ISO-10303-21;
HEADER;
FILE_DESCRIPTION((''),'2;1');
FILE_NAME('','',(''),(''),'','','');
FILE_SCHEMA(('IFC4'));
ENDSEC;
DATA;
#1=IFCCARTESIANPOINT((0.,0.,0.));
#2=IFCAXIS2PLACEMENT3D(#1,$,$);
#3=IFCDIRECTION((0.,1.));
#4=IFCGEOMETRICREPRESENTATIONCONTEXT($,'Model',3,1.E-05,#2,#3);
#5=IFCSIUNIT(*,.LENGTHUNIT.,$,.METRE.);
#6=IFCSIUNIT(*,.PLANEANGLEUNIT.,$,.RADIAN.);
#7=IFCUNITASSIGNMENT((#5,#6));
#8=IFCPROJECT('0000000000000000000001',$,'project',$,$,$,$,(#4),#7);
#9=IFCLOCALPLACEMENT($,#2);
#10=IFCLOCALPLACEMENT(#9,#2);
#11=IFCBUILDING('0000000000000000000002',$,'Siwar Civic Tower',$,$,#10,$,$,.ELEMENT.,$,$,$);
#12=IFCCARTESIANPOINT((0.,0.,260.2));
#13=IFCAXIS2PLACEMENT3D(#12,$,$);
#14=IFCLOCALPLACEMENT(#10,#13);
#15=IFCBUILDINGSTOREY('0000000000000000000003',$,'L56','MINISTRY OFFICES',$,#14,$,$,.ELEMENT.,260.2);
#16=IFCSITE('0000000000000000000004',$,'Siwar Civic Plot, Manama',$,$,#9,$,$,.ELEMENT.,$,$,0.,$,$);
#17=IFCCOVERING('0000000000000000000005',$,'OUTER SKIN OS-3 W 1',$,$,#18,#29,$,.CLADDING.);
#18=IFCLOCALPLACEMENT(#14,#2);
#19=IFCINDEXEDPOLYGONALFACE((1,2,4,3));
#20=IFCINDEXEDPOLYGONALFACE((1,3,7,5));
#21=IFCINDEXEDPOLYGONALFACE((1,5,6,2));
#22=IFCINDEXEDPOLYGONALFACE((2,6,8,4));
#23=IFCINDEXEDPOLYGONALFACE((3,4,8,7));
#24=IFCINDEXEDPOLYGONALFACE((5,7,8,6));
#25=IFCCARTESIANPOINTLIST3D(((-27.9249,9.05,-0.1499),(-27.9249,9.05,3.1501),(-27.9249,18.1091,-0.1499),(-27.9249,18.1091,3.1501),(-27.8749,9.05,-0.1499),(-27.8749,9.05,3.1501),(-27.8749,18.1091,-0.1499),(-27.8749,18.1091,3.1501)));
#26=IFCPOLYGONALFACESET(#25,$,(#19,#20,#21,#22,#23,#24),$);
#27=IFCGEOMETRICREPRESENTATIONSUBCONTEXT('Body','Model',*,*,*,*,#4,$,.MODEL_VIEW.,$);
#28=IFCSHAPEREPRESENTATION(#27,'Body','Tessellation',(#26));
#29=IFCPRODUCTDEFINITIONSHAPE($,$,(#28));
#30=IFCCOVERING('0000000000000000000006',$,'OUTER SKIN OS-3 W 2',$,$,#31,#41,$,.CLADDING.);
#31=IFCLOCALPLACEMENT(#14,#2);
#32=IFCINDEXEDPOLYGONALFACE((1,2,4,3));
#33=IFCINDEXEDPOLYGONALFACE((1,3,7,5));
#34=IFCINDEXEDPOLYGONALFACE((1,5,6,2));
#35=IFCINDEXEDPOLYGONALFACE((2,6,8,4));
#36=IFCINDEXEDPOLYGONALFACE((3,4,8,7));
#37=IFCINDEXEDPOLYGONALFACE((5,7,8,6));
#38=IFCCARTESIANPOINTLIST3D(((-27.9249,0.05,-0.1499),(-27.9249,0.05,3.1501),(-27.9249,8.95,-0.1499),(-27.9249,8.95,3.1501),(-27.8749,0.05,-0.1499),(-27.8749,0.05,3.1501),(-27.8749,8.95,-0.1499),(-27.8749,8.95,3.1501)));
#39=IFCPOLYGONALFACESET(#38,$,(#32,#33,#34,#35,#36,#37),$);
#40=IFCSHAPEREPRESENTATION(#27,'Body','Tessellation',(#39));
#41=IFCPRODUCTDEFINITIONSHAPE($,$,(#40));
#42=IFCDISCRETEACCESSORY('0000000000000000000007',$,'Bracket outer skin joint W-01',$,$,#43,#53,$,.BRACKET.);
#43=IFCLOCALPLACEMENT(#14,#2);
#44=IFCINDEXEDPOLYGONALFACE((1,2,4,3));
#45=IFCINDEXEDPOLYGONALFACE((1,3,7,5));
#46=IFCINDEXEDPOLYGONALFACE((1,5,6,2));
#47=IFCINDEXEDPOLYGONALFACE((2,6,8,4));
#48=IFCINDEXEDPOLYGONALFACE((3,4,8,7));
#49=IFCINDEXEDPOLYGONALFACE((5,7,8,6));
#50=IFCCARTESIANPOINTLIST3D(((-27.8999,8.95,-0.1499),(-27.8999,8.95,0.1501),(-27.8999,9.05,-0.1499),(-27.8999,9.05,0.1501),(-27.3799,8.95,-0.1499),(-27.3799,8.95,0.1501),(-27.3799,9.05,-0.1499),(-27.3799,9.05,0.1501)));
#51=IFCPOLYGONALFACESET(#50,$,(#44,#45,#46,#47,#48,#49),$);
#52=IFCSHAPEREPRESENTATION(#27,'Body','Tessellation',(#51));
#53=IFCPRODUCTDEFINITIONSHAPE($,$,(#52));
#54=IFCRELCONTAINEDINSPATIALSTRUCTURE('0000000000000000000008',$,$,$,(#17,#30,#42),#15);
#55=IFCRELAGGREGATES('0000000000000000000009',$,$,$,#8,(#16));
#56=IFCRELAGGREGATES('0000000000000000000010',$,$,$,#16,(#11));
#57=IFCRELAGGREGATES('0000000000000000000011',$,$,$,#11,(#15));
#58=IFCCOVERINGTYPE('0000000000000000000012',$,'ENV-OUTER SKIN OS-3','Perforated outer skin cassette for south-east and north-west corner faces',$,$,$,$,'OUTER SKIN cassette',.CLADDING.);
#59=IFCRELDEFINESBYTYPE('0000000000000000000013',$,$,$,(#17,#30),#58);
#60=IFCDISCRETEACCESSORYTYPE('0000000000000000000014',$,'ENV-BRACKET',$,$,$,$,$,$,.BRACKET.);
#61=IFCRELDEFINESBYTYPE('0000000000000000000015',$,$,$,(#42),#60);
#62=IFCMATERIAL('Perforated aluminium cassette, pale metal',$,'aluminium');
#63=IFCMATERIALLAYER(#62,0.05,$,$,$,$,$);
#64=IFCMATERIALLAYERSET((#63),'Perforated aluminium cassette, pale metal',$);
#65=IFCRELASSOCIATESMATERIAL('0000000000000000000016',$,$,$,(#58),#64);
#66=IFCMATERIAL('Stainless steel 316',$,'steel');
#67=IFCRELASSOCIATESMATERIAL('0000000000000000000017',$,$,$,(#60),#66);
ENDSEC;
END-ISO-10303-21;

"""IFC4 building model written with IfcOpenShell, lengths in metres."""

from ifc_helpers import new_model, si_unit, direction, frame, origin, origin_2d, place, context, subcontext, project, spatial, rectangle, extrude, material, layer, layer_set, type_object, element, save


model = new_model("IFC4")

# Units and contexts
model_context = context("Model", 3, precision=1e-05, world=origin(), true_north=direction((0.0, 1.0)))
body_context = subcontext(model_context, "Body", "Model", "MODEL_VIEW")
ifc_project = project(units=[si_unit("LENGTHUNIT", "METRE"), si_unit("PLANEANGLEUNIT", "RADIAN")], contexts=[model_context])

# Site, building, storey
site_placement = place(None, origin())
site = spatial("IfcSite", under=ifc_project, at=site_placement, Name="Siwar Civic Plot, Manama", CompositionType="ELEMENT", RefElevation=0.0)
building_placement = place(site_placement, origin())
building = spatial("IfcBuilding", under=site, at=building_placement, Name="Siwar Civic Tower", CompositionType="ELEMENT")
storey_placement = place(building_placement, frame((0.0, 0.0, 260.2)))
storey = spatial("IfcBuildingStorey", under=building, at=storey_placement, Name="L56", Description="MINISTRY OFFICES", CompositionType="ELEMENT", Elevation=260.2)

# Coverings
ifc_material_1 = material(Name="Perforated aluminium cassette, pale metal", Category="aluminium")
ifc_layer_1 = layer(ifc_material_1, 0.05)
ifc_layer_set_1 = layer_set([ifc_layer_1], Name="Perforated aluminium cassette, pale metal")
covering_type = type_object("IfcCoveringType", Name="ENV-OUTER SKIN OS-3", Description="Perforated outer skin cassette for south-east and north-west corner faces", ElementType="OUTER SKIN cassette", PredefinedType="CLADDING", material=ifc_layer_set_1)
covering_1_placement = place(storey_placement, frame((-27.8999, 13.5796, -0.1499), z_axis=(0.0, 0.0, 1.0), x_axis=(0.0, -1.0, 0.0)))
element("IfcCovering", 1, at=covering_1_placement, inside=storey, type_object=covering_type, Name="OUTER SKIN OS-3 W 1", PredefinedType="CLADDING", context=body_context, shape_type="SweptSolid", body=[
    extrude(rectangle(XDim=9.0591, YDim=0.05, at=origin_2d()), origin(), (0.0, 0.0, 1.0), 3.3),
])
covering_2_placement = place(storey_placement, frame((-27.8999, 4.5, -0.1499), z_axis=(0.0, 0.0, 1.0), x_axis=(0.0, -1.0, 0.0)))
element("IfcCovering", 2, at=covering_2_placement, inside=storey, type_object=covering_type, Name="OUTER SKIN OS-3 W 2", PredefinedType="CLADDING", context=body_context, shape_type="SweptSolid", body=[
    extrude(rectangle(XDim=8.8999, YDim=0.05, at=origin_2d()), origin(), (0.0, 0.0, 1.0), 3.3),
])

# Discrete accessory
ifc_material_2 = material(Name="Stainless steel 316", Category="steel")
discrete_accessory_type = type_object("IfcDiscreteAccessoryType", Name="ENV-BRACKET", PredefinedType="BRACKET", material=ifc_material_2)
discrete_accessory_placement = place(storey_placement, frame((-27.6399, 9.0, -0.1499), z_axis=(0.0, 0.0, 1.0), x_axis=(-1.0, 0.0, 0.0)))
element("IfcDiscreteAccessory", 3, at=discrete_accessory_placement, inside=storey, type_object=discrete_accessory_type, Name="Bracket outer skin joint W-01", PredefinedType="BRACKET", context=body_context, shape_type="SweptSolid", body=[
    extrude(rectangle(XDim=0.52, YDim=0.1001, at=origin_2d()), origin(), (0.0, 0.0, 1.0), 0.3),
])

save(model, "model.ifc")
